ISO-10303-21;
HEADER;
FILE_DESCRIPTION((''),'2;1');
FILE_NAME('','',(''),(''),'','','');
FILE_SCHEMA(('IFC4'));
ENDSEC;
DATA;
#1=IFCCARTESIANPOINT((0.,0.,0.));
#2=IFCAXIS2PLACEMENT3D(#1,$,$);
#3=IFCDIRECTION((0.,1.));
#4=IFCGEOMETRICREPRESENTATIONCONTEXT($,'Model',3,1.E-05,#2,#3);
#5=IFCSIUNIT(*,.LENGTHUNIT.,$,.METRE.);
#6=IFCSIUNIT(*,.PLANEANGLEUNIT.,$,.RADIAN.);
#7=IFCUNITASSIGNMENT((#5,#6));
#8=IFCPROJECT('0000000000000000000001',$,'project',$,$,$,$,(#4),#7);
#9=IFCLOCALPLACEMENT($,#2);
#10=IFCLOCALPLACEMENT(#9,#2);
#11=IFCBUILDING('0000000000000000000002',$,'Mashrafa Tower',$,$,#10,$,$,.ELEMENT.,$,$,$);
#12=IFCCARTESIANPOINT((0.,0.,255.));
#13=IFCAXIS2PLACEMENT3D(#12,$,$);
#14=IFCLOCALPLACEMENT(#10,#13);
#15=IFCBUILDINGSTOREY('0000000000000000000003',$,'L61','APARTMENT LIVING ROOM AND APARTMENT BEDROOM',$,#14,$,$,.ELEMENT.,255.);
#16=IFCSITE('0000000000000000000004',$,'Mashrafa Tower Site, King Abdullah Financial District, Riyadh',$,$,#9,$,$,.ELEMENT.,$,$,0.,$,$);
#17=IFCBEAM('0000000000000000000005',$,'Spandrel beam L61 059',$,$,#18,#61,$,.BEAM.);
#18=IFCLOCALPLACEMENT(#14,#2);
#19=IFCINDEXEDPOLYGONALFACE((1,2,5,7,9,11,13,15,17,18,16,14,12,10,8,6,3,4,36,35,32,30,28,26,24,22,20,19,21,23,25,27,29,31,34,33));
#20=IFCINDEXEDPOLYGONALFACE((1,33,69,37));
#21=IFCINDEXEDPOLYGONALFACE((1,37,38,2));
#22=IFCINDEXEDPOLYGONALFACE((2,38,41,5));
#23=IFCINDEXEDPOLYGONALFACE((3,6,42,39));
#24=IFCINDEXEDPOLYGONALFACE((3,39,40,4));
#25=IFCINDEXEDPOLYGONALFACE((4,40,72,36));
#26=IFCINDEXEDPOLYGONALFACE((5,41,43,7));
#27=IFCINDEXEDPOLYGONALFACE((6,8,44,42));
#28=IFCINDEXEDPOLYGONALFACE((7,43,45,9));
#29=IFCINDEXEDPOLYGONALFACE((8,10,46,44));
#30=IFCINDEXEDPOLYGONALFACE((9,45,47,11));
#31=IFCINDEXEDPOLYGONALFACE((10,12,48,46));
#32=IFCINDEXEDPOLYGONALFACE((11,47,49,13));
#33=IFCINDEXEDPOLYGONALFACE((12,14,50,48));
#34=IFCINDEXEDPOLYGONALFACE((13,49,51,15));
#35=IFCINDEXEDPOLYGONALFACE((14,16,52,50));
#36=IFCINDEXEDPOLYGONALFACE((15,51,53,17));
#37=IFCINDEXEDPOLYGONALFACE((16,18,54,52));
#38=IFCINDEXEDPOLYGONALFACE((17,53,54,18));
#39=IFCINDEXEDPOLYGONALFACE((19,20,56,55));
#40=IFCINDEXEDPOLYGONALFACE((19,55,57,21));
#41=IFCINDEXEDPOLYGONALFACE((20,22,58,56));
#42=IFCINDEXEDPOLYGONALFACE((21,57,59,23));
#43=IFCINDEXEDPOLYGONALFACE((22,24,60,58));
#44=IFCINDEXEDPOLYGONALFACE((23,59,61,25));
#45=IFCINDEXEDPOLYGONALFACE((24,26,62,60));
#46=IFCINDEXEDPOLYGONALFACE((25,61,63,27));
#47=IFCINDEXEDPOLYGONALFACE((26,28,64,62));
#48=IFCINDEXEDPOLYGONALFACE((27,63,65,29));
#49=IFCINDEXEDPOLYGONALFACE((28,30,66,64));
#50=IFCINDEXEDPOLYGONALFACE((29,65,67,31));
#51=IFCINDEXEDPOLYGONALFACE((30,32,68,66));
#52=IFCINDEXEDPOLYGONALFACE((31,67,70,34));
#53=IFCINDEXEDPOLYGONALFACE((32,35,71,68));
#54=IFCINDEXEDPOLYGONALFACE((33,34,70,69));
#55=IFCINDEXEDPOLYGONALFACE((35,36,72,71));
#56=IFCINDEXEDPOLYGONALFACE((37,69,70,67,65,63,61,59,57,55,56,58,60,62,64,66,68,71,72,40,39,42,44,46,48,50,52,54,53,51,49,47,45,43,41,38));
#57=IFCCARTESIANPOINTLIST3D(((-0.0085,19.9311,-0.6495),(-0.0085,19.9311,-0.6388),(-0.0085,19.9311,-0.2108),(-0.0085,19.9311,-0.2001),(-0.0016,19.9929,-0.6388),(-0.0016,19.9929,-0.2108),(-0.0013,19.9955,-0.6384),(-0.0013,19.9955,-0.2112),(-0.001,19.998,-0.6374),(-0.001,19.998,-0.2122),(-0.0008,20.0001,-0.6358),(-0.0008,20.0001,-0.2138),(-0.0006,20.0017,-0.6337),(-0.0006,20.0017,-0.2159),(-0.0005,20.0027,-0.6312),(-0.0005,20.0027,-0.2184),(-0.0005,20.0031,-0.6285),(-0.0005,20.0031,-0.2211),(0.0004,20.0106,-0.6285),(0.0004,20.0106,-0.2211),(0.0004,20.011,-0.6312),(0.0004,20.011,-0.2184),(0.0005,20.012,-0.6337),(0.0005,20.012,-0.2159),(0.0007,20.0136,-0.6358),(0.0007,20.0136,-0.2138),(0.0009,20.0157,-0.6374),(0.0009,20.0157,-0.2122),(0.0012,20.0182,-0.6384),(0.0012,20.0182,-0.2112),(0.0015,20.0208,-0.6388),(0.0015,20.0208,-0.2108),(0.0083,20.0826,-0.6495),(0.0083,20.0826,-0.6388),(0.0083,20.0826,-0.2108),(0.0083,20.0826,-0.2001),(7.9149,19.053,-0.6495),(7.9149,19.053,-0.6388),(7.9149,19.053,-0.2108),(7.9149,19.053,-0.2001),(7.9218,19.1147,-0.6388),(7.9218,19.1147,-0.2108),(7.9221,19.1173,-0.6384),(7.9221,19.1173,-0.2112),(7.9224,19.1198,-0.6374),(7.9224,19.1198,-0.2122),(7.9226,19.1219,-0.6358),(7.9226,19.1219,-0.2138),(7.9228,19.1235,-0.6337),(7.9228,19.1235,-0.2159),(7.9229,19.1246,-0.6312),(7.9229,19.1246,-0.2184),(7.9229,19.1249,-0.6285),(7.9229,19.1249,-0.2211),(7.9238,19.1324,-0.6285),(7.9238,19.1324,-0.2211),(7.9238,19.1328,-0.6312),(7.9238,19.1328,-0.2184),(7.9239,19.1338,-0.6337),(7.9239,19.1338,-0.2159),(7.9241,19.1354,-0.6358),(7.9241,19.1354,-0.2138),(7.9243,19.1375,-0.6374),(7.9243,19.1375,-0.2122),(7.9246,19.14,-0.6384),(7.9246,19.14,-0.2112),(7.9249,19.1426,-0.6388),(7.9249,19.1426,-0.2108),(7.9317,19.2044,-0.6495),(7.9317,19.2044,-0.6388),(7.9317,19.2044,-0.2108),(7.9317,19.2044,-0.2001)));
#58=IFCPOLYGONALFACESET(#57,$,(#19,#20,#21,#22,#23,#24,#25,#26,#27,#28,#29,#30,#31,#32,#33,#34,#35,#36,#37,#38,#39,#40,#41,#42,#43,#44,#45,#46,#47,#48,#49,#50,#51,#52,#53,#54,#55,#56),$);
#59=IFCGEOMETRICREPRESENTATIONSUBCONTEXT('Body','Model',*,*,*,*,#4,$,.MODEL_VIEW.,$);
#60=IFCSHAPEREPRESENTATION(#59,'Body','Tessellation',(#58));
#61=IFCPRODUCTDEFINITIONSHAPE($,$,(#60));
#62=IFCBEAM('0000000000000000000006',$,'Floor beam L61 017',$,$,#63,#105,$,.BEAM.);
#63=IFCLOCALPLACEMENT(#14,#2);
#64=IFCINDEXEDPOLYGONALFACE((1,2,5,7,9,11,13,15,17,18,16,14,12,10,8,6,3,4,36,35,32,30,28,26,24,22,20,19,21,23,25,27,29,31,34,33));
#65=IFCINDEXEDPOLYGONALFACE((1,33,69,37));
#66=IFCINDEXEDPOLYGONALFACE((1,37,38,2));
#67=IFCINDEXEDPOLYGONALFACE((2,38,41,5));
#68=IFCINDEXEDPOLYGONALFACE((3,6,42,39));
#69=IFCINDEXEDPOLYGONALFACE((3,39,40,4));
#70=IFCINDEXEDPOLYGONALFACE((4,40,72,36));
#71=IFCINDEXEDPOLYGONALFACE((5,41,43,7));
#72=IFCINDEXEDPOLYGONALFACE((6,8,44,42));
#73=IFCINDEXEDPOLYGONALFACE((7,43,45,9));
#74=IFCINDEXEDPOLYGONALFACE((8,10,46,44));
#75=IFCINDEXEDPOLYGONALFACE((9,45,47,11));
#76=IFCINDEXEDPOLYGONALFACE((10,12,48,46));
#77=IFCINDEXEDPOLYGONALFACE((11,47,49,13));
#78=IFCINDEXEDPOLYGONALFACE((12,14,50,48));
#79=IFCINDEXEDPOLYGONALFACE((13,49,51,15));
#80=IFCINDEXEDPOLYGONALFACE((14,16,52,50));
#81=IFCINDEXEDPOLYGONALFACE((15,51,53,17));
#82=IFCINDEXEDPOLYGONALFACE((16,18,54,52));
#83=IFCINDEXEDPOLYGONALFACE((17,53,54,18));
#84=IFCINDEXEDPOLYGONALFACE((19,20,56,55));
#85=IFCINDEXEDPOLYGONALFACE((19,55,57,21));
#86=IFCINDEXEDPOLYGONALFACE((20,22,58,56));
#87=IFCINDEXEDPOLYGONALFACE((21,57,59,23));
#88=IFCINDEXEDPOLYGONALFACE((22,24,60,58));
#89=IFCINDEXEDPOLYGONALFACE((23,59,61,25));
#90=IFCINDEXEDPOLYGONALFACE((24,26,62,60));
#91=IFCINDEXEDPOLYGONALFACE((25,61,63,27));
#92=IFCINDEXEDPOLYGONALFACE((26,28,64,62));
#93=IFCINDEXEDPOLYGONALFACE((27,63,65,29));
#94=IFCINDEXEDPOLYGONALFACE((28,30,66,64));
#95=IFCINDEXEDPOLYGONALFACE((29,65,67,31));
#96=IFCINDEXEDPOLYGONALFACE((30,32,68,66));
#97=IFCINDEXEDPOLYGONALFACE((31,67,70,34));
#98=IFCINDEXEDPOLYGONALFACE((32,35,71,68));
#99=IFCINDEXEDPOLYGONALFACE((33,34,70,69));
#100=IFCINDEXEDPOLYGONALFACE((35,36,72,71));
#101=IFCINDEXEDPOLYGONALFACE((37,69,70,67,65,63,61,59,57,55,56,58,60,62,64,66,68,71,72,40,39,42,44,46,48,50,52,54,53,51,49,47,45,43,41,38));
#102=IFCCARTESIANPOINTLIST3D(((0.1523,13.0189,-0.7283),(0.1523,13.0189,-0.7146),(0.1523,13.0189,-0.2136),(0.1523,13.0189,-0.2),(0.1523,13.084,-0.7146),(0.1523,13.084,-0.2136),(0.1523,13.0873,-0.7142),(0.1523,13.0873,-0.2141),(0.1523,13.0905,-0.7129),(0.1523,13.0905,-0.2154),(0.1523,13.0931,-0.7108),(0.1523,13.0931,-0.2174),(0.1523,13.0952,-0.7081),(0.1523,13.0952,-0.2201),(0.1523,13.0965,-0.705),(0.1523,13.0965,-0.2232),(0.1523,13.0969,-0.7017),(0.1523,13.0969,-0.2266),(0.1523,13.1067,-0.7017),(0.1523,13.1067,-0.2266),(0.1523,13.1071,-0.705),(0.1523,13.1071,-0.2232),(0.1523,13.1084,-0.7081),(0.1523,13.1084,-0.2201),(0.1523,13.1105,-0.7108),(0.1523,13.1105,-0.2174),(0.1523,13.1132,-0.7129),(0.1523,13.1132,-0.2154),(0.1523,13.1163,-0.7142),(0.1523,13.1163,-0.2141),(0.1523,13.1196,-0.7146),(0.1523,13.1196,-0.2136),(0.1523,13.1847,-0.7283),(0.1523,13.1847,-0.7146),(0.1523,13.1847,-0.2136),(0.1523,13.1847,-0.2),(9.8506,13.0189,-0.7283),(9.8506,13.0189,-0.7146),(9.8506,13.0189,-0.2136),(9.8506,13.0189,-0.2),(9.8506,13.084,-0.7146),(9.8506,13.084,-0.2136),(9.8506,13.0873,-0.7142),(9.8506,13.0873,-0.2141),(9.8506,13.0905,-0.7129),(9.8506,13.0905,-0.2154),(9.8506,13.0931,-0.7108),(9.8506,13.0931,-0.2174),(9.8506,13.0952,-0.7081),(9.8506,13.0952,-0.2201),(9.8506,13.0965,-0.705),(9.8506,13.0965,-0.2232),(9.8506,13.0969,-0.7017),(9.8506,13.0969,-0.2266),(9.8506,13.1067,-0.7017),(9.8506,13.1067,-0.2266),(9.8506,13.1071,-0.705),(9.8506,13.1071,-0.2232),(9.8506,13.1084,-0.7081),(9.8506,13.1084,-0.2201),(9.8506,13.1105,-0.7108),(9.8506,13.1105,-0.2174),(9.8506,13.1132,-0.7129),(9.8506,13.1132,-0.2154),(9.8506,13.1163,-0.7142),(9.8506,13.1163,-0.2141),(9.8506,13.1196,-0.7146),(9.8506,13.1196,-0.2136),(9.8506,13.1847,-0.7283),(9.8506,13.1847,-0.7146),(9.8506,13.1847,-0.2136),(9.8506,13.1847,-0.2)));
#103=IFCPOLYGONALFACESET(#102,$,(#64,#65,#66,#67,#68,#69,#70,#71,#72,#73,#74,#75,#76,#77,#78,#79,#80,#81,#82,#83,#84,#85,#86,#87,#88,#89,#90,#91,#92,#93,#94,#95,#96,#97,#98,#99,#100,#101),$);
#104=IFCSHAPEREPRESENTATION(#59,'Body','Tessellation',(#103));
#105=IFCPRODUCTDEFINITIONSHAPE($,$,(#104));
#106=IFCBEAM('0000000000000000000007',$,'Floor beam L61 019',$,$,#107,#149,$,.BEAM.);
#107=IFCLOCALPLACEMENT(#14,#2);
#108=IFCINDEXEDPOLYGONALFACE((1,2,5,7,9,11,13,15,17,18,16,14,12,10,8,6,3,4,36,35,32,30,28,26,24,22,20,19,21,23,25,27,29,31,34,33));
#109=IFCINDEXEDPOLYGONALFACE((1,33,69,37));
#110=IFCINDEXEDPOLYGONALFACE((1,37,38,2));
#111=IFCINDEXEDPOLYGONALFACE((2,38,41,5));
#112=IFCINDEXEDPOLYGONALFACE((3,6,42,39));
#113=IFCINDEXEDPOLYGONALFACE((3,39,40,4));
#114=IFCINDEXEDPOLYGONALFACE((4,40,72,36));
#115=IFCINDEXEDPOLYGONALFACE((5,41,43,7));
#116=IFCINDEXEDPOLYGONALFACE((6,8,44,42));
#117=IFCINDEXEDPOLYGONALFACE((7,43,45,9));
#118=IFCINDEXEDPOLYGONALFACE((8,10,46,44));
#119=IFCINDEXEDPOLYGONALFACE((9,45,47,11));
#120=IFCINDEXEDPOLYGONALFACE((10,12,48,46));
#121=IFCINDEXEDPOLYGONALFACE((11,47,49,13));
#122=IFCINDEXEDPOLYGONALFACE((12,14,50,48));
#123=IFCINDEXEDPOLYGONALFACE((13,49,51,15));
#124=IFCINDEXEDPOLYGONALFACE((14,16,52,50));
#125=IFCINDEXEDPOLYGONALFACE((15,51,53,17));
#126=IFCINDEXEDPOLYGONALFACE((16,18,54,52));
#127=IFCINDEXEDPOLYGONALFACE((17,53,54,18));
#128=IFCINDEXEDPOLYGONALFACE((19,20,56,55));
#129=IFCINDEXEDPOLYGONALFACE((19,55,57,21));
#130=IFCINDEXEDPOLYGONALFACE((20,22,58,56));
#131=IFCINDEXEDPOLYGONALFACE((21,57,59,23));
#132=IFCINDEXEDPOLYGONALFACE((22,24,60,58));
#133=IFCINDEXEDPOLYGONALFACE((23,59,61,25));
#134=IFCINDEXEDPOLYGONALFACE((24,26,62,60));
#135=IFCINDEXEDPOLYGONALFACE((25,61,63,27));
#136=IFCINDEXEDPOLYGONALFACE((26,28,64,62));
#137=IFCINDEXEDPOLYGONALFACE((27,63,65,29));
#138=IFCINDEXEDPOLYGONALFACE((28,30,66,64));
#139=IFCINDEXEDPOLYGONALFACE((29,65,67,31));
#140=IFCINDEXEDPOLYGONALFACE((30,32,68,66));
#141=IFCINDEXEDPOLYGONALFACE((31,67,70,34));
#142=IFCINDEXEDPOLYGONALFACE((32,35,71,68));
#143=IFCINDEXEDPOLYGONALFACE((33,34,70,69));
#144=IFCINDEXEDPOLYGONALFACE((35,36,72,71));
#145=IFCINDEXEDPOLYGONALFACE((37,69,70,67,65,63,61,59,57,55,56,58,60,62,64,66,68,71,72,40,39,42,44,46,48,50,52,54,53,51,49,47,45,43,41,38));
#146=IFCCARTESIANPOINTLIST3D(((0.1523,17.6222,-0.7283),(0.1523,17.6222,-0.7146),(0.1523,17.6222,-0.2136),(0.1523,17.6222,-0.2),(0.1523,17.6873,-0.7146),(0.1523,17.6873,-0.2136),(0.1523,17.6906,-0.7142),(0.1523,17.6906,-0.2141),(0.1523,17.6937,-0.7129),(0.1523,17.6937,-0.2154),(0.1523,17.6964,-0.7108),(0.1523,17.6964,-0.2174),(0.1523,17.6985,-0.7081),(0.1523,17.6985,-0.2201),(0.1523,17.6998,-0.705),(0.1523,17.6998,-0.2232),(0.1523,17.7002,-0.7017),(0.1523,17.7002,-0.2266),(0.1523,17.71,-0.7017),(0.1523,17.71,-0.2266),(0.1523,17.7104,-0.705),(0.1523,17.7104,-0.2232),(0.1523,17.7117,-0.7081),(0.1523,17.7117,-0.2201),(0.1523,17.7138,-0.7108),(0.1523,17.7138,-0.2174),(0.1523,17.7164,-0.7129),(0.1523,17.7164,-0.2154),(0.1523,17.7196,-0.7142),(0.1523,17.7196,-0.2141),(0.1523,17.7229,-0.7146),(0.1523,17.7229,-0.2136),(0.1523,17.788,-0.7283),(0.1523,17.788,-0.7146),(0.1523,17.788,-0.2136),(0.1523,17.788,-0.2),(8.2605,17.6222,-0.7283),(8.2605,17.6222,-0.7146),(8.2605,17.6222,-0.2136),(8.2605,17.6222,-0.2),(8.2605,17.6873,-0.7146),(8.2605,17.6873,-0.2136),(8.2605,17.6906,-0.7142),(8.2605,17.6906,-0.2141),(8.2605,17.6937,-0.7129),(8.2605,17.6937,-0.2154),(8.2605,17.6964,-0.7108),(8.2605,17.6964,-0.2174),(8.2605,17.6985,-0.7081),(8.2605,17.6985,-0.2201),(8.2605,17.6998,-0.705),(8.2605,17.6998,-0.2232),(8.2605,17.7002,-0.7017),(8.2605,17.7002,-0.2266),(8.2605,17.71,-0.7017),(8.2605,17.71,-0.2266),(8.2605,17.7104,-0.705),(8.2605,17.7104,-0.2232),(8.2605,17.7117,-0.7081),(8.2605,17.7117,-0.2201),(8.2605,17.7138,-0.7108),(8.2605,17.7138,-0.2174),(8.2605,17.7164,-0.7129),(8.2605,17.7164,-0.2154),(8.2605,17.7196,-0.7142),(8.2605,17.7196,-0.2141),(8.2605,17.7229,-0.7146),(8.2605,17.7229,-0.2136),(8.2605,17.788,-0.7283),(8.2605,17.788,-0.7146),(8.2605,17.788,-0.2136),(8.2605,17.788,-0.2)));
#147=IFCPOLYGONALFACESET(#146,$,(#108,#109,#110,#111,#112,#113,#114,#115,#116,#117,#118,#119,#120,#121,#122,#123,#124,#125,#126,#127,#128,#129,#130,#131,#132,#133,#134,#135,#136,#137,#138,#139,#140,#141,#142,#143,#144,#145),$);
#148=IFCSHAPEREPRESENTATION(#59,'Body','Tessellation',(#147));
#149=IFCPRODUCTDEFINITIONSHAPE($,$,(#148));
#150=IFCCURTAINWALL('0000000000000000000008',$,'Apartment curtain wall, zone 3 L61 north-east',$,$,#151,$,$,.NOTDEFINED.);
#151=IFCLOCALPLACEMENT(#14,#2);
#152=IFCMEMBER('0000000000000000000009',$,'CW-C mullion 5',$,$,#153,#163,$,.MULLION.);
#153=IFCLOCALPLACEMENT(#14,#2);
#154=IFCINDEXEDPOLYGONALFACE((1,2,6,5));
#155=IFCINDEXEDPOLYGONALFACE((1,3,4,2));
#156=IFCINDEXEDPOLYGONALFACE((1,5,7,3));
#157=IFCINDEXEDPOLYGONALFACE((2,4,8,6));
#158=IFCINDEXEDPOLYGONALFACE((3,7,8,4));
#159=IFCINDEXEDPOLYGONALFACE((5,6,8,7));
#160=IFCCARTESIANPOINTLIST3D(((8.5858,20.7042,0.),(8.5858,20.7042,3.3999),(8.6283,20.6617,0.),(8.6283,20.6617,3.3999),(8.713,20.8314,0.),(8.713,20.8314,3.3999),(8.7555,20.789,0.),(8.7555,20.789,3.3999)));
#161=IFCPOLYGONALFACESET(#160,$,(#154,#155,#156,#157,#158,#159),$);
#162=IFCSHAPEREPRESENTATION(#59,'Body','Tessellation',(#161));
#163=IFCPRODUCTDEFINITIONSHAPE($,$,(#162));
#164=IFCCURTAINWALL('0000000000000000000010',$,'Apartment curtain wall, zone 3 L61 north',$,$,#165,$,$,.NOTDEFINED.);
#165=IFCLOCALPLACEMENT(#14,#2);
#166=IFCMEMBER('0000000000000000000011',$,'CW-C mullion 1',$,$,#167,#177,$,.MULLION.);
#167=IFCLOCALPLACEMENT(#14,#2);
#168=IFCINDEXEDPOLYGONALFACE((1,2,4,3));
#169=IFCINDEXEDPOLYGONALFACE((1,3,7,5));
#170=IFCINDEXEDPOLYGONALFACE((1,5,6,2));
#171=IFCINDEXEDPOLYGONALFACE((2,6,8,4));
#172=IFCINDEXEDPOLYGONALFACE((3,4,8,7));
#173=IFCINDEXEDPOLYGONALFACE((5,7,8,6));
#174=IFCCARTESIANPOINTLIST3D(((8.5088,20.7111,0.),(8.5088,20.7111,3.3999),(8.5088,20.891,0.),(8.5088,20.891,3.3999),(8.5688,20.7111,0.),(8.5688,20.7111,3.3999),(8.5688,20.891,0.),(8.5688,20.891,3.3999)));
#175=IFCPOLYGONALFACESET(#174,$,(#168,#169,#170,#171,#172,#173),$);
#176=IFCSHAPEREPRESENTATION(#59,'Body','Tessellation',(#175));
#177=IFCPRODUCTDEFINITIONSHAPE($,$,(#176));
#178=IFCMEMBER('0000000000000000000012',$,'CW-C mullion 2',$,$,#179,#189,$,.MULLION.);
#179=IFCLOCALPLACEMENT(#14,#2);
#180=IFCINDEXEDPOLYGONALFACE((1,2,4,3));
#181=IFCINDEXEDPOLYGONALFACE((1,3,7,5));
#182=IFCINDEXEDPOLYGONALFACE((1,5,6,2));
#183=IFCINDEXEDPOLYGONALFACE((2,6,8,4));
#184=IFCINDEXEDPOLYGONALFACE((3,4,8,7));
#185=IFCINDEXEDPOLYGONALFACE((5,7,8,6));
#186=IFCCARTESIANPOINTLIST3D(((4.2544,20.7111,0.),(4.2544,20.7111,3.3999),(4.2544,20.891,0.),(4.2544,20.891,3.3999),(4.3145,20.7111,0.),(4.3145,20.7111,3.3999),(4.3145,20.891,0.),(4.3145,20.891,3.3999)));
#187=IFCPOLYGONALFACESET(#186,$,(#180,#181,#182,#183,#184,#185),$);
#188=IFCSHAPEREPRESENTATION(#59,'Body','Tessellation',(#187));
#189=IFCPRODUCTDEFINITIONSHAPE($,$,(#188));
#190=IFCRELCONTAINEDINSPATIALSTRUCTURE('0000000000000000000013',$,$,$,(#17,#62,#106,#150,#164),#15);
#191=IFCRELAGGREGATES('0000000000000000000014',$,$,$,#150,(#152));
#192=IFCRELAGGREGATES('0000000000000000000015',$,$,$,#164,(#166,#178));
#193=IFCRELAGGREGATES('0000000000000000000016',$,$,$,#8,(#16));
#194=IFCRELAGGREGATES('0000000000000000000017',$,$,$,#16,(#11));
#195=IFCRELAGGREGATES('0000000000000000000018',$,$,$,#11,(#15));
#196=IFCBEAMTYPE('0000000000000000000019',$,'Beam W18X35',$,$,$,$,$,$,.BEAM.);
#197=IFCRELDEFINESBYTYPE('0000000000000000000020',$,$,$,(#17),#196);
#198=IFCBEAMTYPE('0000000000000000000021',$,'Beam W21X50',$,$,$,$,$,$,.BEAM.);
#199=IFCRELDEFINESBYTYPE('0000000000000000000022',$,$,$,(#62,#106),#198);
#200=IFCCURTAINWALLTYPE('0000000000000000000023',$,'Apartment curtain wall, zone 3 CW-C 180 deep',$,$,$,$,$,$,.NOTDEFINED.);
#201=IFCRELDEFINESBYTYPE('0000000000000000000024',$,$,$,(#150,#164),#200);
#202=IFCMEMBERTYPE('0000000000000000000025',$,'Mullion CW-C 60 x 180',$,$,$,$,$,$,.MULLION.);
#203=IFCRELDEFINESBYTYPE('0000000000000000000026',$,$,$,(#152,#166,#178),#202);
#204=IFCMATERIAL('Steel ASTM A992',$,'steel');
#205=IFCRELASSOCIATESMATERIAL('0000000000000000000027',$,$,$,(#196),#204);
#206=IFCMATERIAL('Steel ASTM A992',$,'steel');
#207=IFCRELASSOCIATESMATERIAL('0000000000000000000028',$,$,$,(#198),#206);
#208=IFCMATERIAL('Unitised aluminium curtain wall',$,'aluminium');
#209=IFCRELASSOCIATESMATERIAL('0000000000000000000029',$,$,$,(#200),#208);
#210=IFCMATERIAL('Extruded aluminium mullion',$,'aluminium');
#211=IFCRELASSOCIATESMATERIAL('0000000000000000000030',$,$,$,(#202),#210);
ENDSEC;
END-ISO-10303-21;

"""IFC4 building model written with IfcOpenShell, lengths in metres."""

from ifc_helpers import new_model, si_unit, direction, frame, origin, origin_2d, place, context, subcontext, project, spatial, rectangle, i_section, extrude, source, transform, mapped, material, material_profile, profile_set, type_object, type_shapes, element, aggregate, save


model = new_model("IFC4")

# Units and contexts
model_context = context("Model", 3, precision=1e-05, world=origin(), true_north=direction((0.0, 1.0)))
body_context = subcontext(model_context, "Body", "Model", "MODEL_VIEW")
ifc_project = project(units=[si_unit("LENGTHUNIT", "METRE"), si_unit("PLANEANGLEUNIT", "RADIAN")], contexts=[model_context])

# Site, building, storey
site_placement = place(None, origin())
site = spatial("IfcSite", under=ifc_project, at=site_placement, Name="Mashrafa Tower Site, King Abdullah Financial District, Riyadh", CompositionType="ELEMENT", RefElevation=0.0)
building_placement = place(site_placement, origin())
building = spatial("IfcBuilding", under=site, at=building_placement, Name="Mashrafa Tower", CompositionType="ELEMENT")
storey_placement = place(building_placement, frame((0.0, 0.0, 255.0)))
storey = spatial("IfcBuildingStorey", under=building, at=storey_placement, Name="L61", Description="APARTMENT LIVING ROOM AND APARTMENT BEDROOM", CompositionType="ELEMENT", Elevation=255.0)

# Beams
ifc_material_1 = material(Name="Steel ASTM A992", Category="steel")
ifc_material_profile_1 = material_profile(ifc_material_1, i_section(OverallWidth=0.1523, OverallDepth=0.4495, WebThickness=0.0076, FlangeThickness=0.0107, FilletRadius=0.0103, at=origin_2d()), Name="W18X35")
ifc_profile_set_1 = profile_set([ifc_material_profile_1], Name="Steel ASTM A992")
beam_type_1 = type_object("IfcBeamType", Name="Beam W18X35", PredefinedType="BEAM", material=ifc_profile_set_1)
for number, where, z_axis, x_axis, name in (
    (1, (7.9233, 19.1287, -0.4248), (-0.993914, 0.110159, 0.0), (-0.110159, -0.993914, 0.0), "Spandrel beam L61 059"),
):
    element("IfcBeam", number, at=place(storey_placement, frame(where, z_axis=z_axis, x_axis=x_axis)), inside=storey, type_object=beam_type_1, Name=name, PredefinedType="BEAM", context=body_context, shape_type="SweptSolid", body=[
        extrude(i_section(OverallWidth=0.1523, OverallDepth=0.4495, WebThickness=0.0076, FlangeThickness=0.0107, FilletRadius=0.0103, at=origin_2d()), origin(), (0.0, 0.0, 1.0), 7.9719),
    ])
ifc_material_2 = material(Name="Steel ASTM A992", Category="steel")
ifc_material_profile_2 = material_profile(ifc_material_2, i_section(OverallWidth=0.1658, OverallDepth=0.5283, WebThickness=0.0098, FlangeThickness=0.0137, FilletRadius=0.0129, at=origin_2d()), Name="W21X50")
ifc_profile_set_2 = profile_set([ifc_material_profile_2], Name="Steel ASTM A992")
beam_type_2 = type_object("IfcBeamType", Name="Beam W21X50", PredefinedType="BEAM", material=ifc_profile_set_2)
beam_1_placement = place(storey_placement, frame((0.1523, 13.1018, -0.4641), z_axis=(1.0, 0.0, 0.0), x_axis=(0.0, 1.0, 0.0)))
element("IfcBeam", 2, at=beam_1_placement, inside=storey, type_object=beam_type_2, Name="Floor beam L61 017", PredefinedType="BEAM", context=body_context, shape_type="SweptSolid", body=[
    extrude(i_section(OverallWidth=0.1658, OverallDepth=0.5283, WebThickness=0.0098, FlangeThickness=0.0137, FilletRadius=0.0129, at=origin_2d()), origin(), (0.0, 0.0, 1.0), 9.6982),
])
beam_2_placement = place(storey_placement, frame((0.1523, 17.7051, -0.4641), z_axis=(1.0, 0.0, 0.0), x_axis=(0.0, 1.0, 0.0)))
element("IfcBeam", 3, at=beam_2_placement, inside=storey, type_object=beam_type_2, Name="Floor beam L61 019", PredefinedType="BEAM", context=body_context, shape_type="SweptSolid", body=[
    extrude(i_section(OverallWidth=0.1658, OverallDepth=0.5283, WebThickness=0.0098, FlangeThickness=0.0137, FilletRadius=0.0129, at=origin_2d()), origin(), (0.0, 0.0, 1.0), 8.1082),
])

# Curtain wall, member
ifc_material_3 = material(Name="Unitised aluminium curtain wall", Category="aluminium")
curtain_wall_type = type_object("IfcCurtainWallType", Name="Apartment curtain wall, zone 3 CW-C 180 deep", PredefinedType="NOTDEFINED", material=ifc_material_3)
curtain_wall_1_placement = place(storey_placement, origin())
curtain_wall_1 = element("IfcCurtainWall", 4, at=curtain_wall_1_placement, inside=storey, type_object=curtain_wall_type, Name="Apartment curtain wall, zone 3 L61 north-east", PredefinedType="NOTDEFINED")
ifc_material_4 = material(Name="Extruded aluminium mullion", Category="aluminium")
ifc_material_profile_3 = material_profile(ifc_material_4, rectangle(XDim=0.1799, YDim=0.0601, at=origin_2d()), Name="Mullion 60x180")
ifc_profile_set_3 = profile_set([ifc_material_profile_3], Name="Extruded aluminium mullion")
member_type_1 = type_object("IfcMemberType", Name="Mullion CW-C 60 x 180", PredefinedType="MULLION", material=ifc_profile_set_3)
shared_shape_1 = source(origin(), body_context, "Body", "SweptSolid", [
    extrude(rectangle(XDim=0.1799, YDim=0.0601, at=origin_2d()), origin(), (0.0, 0.0, 1.0), 3.3999),
])
type_shapes(member_type_1, [shared_shape_1])
member_1_placement = place(storey_placement, frame((8.6707, 20.7466, 0.0), z_axis=(0.0, 0.0, 1.0), x_axis=(-0.707107, -0.707107, 0.0)))
member_1 = element("IfcMember", 5, at=member_1_placement, type_object=member_type_1, Name="CW-C mullion 5", PredefinedType="MULLION", context=body_context, shape_type="MappedRepresentation", body=[
    mapped(shared_shape_1, transform((0.0, 0.0, 0.0))),
])
aggregate(curtain_wall_1, [member_1])

# Curtain wall, members
curtain_wall_2_placement = place(storey_placement, origin())
curtain_wall_2 = element("IfcCurtainWall", 6, at=curtain_wall_2_placement, inside=storey, type_object=curtain_wall_type, Name="Apartment curtain wall, zone 3 L61 north", PredefinedType="NOTDEFINED")
member_2_placement = place(storey_placement, frame((8.5388, 20.801, 0.0), z_axis=(0.0, 0.0, 1.0), x_axis=(0.0, -1.0, 0.0)))
member_2 = element("IfcMember", 7, at=member_2_placement, type_object=member_type_1, Name="CW-C mullion 1", PredefinedType="MULLION", context=body_context, shape_type="MappedRepresentation", body=[
    mapped(shared_shape_1, transform((0.0, 0.0, 0.0))),
])
member_3_placement = place(storey_placement, frame((4.2844, 20.801, 0.0), z_axis=(0.0, 0.0, 1.0), x_axis=(0.0, -1.0, 0.0)))
member_3 = element("IfcMember", 8, at=member_3_placement, type_object=member_type_1, Name="CW-C mullion 2", PredefinedType="MULLION", context=body_context, shape_type="MappedRepresentation", body=[
    mapped(shared_shape_1, transform((0.0, 0.0, 0.0))),
])
aggregate(curtain_wall_2, [member_2, member_3])

save(model, "model.ifc")
